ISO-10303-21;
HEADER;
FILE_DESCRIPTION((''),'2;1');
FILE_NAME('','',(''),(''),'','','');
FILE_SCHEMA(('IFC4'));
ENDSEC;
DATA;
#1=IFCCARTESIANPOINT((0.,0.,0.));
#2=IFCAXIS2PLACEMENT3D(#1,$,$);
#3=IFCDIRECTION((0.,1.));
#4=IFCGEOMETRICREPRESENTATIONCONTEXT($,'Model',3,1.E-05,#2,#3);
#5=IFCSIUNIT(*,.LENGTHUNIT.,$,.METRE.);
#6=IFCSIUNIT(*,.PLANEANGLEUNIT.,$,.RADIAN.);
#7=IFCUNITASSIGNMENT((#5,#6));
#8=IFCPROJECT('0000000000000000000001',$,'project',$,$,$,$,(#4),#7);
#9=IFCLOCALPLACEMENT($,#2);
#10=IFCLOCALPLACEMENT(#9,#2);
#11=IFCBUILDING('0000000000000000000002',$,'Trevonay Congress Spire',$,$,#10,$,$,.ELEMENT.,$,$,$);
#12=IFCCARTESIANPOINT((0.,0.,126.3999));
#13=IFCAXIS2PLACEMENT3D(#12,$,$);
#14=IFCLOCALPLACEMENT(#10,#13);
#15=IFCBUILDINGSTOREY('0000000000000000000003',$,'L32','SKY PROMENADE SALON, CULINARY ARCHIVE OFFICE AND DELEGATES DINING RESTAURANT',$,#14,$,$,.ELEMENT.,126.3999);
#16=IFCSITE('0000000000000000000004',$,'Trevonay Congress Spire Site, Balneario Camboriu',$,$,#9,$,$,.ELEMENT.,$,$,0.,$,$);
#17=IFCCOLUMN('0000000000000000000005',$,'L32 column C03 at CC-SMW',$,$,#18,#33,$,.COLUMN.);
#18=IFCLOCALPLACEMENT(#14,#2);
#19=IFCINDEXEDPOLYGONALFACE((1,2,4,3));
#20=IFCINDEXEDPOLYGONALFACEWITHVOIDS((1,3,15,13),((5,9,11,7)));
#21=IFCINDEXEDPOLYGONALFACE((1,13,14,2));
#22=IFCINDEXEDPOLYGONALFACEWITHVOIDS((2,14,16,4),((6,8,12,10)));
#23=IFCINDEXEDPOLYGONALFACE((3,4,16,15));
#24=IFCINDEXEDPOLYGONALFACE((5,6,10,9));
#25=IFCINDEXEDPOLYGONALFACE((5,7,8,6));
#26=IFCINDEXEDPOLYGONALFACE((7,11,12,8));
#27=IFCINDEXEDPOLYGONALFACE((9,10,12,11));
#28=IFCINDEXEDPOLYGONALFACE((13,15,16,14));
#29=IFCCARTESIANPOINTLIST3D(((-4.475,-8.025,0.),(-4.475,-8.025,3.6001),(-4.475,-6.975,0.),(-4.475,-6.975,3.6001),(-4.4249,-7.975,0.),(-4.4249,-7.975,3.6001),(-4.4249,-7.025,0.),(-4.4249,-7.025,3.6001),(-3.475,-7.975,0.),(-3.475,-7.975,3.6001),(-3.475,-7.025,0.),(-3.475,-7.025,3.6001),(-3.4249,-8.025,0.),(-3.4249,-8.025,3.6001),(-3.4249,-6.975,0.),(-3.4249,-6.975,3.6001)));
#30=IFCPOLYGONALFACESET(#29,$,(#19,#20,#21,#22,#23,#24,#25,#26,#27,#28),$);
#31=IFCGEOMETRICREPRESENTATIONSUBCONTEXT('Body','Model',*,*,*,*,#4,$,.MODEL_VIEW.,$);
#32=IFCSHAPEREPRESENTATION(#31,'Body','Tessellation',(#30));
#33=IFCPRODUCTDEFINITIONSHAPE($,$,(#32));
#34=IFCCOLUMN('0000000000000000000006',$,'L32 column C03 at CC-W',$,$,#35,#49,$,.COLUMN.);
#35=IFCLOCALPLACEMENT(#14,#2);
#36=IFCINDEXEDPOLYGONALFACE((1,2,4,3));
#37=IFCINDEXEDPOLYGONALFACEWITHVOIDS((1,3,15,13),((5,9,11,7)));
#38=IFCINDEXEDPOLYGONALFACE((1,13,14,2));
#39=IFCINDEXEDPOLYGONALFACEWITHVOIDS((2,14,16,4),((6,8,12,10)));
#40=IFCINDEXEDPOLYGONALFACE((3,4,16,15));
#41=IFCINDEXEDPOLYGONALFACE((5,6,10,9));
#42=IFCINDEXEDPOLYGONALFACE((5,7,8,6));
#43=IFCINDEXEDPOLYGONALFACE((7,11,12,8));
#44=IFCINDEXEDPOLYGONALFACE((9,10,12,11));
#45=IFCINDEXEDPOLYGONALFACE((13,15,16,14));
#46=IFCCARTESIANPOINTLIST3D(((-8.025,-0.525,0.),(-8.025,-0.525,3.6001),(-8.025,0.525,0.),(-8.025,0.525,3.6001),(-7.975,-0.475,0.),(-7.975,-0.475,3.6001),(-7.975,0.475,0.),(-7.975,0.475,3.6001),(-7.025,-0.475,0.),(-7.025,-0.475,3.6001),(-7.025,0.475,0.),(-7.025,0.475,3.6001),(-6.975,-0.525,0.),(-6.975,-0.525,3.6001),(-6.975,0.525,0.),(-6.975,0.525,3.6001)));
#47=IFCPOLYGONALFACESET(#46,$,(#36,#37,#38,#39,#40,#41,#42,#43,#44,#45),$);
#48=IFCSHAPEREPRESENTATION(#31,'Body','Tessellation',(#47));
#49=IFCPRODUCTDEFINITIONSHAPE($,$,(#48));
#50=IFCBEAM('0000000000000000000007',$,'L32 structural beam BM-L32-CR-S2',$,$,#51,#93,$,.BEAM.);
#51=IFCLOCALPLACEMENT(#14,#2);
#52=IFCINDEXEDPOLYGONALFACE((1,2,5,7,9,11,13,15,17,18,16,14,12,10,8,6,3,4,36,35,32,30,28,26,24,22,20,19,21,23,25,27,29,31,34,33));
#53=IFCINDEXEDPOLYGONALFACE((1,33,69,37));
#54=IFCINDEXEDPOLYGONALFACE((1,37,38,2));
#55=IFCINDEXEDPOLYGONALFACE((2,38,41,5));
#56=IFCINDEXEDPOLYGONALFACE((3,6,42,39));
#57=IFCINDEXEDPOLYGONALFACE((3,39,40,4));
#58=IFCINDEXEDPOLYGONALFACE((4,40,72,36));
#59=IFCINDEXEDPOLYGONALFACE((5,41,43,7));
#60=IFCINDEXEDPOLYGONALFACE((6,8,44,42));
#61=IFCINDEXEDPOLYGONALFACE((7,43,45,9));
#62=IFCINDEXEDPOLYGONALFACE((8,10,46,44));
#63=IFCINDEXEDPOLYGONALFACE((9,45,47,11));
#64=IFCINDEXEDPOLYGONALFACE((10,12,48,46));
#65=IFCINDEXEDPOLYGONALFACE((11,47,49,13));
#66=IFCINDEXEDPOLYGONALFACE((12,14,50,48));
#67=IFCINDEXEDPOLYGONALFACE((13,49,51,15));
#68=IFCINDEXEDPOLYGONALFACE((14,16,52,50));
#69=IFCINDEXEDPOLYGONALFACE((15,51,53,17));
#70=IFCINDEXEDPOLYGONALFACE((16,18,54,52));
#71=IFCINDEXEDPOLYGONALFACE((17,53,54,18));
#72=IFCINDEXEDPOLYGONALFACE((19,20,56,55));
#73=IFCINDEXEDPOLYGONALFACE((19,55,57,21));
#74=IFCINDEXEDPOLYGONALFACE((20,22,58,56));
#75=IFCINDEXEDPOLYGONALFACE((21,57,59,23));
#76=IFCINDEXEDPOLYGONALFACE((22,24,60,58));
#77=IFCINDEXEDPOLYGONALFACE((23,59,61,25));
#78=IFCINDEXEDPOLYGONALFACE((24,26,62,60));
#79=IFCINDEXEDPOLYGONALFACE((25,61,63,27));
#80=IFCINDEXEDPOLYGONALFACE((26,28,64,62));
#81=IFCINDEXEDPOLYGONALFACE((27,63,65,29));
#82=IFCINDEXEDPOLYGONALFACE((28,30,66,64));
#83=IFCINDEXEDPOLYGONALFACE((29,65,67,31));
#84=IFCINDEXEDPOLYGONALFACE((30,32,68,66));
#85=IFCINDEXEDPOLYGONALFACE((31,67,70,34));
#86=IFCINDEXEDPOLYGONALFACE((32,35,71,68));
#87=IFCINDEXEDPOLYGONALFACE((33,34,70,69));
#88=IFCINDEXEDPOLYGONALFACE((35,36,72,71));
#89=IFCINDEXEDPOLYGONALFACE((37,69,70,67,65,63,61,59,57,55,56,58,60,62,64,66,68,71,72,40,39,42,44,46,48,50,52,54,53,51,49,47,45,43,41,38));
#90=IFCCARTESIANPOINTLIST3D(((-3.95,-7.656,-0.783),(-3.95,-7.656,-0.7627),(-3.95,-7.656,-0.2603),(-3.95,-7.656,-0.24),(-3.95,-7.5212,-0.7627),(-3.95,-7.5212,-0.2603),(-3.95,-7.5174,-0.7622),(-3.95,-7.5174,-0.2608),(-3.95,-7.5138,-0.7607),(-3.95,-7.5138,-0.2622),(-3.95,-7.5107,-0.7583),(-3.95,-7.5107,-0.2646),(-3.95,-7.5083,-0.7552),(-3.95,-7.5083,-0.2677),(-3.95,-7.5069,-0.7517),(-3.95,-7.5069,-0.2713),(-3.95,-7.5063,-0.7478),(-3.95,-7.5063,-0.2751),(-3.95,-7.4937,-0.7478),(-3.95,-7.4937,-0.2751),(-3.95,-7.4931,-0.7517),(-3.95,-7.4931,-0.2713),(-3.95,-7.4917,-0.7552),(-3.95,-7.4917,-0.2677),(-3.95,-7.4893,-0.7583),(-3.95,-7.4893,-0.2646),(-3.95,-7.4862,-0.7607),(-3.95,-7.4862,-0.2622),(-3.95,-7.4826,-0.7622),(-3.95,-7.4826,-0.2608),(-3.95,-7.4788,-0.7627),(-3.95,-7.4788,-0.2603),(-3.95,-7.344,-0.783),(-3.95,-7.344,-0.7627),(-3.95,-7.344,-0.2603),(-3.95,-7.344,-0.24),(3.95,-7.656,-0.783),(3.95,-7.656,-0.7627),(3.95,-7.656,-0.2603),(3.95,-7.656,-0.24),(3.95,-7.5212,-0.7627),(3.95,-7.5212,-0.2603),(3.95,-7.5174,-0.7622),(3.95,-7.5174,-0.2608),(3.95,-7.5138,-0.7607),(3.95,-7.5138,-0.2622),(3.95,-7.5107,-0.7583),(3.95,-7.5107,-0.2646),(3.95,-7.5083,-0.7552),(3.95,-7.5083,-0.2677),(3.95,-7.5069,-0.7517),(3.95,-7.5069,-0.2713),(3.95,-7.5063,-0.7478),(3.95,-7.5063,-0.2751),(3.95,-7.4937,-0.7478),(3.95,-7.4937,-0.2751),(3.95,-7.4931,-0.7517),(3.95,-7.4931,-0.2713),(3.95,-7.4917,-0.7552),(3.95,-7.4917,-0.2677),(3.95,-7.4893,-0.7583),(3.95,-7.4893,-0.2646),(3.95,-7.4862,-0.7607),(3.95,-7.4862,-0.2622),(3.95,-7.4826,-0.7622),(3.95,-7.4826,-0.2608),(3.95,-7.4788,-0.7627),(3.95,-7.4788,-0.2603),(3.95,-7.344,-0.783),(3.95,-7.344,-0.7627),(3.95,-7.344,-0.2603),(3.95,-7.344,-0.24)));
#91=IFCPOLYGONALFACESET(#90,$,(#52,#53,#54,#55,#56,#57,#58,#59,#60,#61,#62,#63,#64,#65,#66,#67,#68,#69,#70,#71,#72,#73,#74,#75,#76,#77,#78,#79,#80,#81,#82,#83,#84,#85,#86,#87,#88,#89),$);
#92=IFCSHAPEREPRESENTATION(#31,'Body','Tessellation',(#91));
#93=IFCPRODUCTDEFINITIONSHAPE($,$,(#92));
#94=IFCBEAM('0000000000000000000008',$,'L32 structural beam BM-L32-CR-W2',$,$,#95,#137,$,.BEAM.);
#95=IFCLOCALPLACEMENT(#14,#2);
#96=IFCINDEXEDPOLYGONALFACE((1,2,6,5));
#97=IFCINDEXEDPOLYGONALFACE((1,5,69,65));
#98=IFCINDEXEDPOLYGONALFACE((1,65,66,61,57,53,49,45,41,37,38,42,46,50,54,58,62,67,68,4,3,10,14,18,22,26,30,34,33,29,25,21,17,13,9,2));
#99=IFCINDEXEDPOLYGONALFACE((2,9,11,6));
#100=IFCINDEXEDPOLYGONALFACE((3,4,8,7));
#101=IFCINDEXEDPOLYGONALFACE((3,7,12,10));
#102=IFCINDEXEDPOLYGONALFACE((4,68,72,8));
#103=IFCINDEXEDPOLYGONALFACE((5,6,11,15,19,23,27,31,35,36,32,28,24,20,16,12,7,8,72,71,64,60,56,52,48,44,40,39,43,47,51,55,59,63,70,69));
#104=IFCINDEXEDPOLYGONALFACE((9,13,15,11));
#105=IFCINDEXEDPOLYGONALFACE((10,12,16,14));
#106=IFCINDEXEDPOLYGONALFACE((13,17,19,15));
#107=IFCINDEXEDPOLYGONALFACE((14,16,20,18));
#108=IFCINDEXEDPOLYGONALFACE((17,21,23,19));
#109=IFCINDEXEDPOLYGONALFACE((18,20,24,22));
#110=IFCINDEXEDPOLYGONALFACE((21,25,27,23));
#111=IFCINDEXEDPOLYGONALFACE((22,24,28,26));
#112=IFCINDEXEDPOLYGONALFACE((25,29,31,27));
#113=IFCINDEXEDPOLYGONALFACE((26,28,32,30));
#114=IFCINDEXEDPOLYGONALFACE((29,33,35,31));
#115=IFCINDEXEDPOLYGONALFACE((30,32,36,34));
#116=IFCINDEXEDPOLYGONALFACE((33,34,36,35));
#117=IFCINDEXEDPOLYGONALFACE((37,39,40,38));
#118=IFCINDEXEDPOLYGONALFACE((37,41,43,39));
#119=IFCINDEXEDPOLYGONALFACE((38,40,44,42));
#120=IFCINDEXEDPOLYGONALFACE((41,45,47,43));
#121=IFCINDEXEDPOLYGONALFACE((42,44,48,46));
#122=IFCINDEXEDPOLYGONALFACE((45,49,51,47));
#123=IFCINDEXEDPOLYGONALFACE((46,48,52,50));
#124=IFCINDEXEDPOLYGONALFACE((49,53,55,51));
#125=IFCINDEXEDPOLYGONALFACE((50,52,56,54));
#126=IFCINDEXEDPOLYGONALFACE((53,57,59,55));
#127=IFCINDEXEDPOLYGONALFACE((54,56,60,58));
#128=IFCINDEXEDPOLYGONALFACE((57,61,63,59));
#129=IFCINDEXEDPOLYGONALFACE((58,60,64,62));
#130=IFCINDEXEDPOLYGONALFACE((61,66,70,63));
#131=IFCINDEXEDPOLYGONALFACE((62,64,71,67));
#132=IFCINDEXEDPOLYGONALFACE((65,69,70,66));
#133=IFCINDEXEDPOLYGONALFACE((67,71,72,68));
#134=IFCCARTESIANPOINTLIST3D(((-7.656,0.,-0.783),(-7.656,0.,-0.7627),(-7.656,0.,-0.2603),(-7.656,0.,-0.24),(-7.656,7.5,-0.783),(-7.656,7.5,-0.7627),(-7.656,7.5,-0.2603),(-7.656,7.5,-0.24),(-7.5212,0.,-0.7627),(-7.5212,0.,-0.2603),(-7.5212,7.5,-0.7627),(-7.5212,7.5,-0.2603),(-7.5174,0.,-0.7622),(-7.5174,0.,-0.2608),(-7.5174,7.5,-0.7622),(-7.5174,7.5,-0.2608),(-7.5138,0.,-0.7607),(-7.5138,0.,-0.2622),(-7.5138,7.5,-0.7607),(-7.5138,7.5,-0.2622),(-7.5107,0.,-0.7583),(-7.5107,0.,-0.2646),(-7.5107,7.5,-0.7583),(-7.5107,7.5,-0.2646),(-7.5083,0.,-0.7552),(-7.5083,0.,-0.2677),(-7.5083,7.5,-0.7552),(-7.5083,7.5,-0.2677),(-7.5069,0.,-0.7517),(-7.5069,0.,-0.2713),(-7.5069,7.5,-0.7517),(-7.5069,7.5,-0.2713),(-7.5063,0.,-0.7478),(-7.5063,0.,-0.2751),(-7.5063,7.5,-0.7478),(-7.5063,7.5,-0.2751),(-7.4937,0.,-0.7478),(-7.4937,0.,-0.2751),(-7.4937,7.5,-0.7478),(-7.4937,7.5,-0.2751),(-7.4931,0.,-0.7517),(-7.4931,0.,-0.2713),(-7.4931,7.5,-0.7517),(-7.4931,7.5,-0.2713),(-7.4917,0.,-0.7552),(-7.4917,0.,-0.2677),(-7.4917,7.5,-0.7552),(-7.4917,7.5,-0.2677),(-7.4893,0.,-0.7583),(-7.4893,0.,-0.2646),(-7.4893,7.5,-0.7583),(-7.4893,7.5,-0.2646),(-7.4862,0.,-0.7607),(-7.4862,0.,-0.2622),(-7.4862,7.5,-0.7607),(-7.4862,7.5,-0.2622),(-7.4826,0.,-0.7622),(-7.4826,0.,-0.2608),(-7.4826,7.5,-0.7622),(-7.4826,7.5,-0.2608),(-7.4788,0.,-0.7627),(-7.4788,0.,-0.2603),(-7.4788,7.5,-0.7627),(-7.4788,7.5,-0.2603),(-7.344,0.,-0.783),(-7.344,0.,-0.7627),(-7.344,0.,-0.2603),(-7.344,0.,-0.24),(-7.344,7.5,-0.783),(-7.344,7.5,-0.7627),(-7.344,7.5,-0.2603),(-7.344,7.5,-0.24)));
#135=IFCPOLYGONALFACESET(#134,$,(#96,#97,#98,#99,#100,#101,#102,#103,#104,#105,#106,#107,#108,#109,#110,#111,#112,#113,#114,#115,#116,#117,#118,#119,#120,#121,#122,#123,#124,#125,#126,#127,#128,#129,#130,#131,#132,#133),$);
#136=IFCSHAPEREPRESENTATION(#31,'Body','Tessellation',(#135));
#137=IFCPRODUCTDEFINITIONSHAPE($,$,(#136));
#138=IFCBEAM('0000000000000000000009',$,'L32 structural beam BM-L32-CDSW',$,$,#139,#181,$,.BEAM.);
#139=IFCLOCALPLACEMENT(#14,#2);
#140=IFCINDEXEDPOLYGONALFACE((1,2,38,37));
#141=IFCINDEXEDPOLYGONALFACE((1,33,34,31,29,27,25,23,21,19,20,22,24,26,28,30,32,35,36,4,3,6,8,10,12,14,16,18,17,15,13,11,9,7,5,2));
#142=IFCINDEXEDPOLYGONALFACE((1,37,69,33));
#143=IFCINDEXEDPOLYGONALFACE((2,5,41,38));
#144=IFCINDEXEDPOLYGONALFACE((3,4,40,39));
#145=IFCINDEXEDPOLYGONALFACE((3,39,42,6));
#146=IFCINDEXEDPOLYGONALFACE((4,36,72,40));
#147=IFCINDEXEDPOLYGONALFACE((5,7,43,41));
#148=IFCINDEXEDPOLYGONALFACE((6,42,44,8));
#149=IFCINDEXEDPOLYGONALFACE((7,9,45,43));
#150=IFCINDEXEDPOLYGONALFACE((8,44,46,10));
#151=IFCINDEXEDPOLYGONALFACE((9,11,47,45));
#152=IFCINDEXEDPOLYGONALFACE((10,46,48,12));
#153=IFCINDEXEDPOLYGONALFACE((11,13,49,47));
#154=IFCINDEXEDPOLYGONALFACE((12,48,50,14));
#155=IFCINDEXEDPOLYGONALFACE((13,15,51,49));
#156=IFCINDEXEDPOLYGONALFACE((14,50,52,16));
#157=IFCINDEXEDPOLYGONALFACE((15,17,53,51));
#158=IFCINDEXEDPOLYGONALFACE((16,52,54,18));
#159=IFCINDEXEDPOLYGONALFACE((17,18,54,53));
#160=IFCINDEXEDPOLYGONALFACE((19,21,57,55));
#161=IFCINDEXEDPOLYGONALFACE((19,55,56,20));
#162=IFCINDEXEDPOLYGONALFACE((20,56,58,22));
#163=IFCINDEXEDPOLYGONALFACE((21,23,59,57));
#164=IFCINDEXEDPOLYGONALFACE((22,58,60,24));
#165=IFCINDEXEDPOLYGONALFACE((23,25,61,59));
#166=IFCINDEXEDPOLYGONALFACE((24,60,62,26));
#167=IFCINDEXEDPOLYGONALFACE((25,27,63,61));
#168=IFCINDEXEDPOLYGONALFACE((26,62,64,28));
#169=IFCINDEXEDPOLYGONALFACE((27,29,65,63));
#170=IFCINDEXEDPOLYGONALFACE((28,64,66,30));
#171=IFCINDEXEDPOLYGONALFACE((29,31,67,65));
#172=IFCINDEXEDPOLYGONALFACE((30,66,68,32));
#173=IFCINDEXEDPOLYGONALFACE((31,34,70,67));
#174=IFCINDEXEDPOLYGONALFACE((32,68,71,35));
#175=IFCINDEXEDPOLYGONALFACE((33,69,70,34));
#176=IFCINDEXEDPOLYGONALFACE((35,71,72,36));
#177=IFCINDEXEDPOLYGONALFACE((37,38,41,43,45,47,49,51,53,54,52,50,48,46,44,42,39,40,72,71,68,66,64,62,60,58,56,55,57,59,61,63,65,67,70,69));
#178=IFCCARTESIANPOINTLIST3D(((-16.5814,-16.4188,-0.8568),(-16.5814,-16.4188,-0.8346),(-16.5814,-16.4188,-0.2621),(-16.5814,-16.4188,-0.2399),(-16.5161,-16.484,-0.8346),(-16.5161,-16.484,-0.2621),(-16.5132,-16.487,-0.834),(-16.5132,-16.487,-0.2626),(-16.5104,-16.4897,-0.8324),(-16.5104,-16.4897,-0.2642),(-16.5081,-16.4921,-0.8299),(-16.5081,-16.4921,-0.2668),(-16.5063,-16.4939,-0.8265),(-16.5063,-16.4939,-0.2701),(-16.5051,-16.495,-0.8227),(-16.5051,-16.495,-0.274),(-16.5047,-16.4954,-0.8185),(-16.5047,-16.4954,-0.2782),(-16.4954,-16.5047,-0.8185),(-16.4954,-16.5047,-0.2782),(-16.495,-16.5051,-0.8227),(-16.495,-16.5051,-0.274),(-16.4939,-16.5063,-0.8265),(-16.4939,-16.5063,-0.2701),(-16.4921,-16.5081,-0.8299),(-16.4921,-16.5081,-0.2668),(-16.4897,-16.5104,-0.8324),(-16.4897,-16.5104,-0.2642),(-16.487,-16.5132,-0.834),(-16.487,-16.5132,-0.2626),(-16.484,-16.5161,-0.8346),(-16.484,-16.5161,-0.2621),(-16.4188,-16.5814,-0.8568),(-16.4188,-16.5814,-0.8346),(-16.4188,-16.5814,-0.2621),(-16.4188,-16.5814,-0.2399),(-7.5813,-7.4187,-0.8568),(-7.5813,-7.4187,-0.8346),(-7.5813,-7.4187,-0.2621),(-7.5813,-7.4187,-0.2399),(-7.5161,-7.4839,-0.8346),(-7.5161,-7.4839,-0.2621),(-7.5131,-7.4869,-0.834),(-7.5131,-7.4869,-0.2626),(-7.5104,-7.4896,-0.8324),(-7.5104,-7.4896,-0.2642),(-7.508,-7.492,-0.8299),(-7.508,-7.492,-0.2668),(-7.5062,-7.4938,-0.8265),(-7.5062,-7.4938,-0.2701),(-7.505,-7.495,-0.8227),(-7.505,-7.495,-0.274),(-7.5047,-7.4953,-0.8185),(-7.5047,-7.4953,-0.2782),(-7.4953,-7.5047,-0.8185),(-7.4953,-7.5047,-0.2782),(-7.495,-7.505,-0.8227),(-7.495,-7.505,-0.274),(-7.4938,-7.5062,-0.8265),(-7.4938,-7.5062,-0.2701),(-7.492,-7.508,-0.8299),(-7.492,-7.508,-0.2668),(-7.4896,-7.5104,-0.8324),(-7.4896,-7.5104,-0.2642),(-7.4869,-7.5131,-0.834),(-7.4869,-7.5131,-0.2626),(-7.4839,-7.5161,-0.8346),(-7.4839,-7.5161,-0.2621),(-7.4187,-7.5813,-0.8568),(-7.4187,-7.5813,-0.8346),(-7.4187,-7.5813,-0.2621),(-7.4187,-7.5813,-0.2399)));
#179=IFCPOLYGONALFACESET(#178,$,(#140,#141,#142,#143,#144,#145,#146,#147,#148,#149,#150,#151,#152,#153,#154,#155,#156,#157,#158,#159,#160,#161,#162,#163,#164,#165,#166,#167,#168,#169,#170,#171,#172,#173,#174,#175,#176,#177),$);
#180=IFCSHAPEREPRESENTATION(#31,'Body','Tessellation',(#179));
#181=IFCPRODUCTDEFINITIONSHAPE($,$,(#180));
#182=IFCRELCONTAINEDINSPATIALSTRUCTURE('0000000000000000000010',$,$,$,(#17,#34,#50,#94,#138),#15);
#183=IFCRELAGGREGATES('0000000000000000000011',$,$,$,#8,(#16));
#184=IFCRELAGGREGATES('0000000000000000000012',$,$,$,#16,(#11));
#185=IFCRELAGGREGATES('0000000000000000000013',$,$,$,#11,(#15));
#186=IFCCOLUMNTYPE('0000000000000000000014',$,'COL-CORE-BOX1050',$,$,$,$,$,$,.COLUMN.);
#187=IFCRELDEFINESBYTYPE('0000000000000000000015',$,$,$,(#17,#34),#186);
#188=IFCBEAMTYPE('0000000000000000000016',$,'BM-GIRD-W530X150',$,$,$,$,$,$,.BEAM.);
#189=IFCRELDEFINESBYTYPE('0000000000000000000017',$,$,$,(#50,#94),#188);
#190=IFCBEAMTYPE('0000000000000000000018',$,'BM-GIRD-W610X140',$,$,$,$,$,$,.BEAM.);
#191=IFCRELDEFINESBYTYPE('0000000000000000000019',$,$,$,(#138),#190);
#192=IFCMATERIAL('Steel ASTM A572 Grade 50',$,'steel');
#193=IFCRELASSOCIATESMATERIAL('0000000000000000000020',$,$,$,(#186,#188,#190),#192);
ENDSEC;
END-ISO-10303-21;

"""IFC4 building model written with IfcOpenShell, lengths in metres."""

from ifc_helpers import new_model, si_unit, direction, frame, origin, origin_2d, place, context, subcontext, project, spatial, hollow_rectangle, i_section, extrude, material, material_profile, profile_set, type_object, element, save


model = new_model("IFC4")

# Units and contexts
model_context = context("Model", 3, precision=1e-05, world=origin(), true_north=direction((0.0, 1.0)))
body_context = subcontext(model_context, "Body", "Model", "MODEL_VIEW")
ifc_project = project(units=[si_unit("LENGTHUNIT", "METRE"), si_unit("PLANEANGLEUNIT", "RADIAN")], contexts=[model_context])

# Site, building, storey
site_placement = place(None, origin())
site = spatial("IfcSite", under=ifc_project, at=site_placement, Name="Trevonay Congress Spire Site, Balneario Camboriu", CompositionType="ELEMENT", RefElevation=0.0)
building_placement = place(site_placement, origin())
building = spatial("IfcBuilding", under=site, at=building_placement, Name="Trevonay Congress Spire", CompositionType="ELEMENT")
storey_placement = place(building_placement, frame((0.0, 0.0, 126.3999)))
storey = spatial("IfcBuildingStorey", under=building, at=storey_placement, Name="L32", Description="SKY PROMENADE SALON, CULINARY ARCHIVE OFFICE AND DELEGATES DINING RESTAURANT", CompositionType="ELEMENT", Elevation=126.3999)

# Columns
ifc_material_1 = material(Name="Steel ASTM A572 Grade 50", Category="steel")
ifc_material_profile_1 = material_profile(ifc_material_1, hollow_rectangle(XDim=1.05, YDim=1.05, WallThickness=0.05, at=origin_2d()), Name="BOX 1050x1050x50")
ifc_profile_set_1 = profile_set([ifc_material_profile_1], Name="Steel ASTM A572 Grade 50")
column_type = type_object("IfcColumnType", Name="COL-CORE-BOX1050", PredefinedType="COLUMN", material=ifc_profile_set_1)
for number, where, z_axis, x_axis, name in (
    (1, (-3.95, -7.5, 0.0), (0.0, 0.0, 1.0), (1.0, 0.0, 0.0), "L32 column C03 at CC-SMW"),
    (2, (-7.5, 0.0, 0.0), (0.0, 0.0, 1.0), (1.0, 0.0, 0.0), "L32 column C03 at CC-W"),
):
    element("IfcColumn", number, at=place(storey_placement, frame(where, z_axis=z_axis, x_axis=x_axis)), inside=storey, type_object=column_type, Name=name, PredefinedType="COLUMN", context=body_context, shape_type="SweptSolid", body=[
        extrude(hollow_rectangle(XDim=1.05, YDim=1.05, WallThickness=0.05, at=origin_2d()), origin(), (0.0, 0.0, 1.0), 3.6001),
    ])

# Beams
ifc_material_profile_2 = material_profile(ifc_material_1, i_section(OverallWidth=0.312, OverallDepth=0.543, WebThickness=0.0127, FlangeThickness=0.0203, FilletRadius=0.0149, at=origin_2d()), Name="W530x150")
ifc_profile_set_2 = profile_set([ifc_material_profile_2], Name="Steel ASTM A572 Grade 50")
beam_type_1 = type_object("IfcBeamType", Name="BM-GIRD-W530X150", PredefinedType="BEAM", material=ifc_profile_set_2)
beam_1_placement = place(storey_placement, frame((-3.95, -7.5, -0.5115), z_axis=(1.0, 0.0, 0.0), x_axis=(0.0, 1.0, 0.0)))
element("IfcBeam", 3, at=beam_1_placement, inside=storey, type_object=beam_type_1, Name="L32 structural beam BM-L32-CR-S2", PredefinedType="BEAM", context=body_context, shape_type="SweptSolid", body=[
    extrude(i_section(OverallWidth=0.312, OverallDepth=0.543, WebThickness=0.0127, FlangeThickness=0.0203, FilletRadius=0.0149, at=origin_2d()), origin(), (0.0, 0.0, 1.0), 7.8999),
])
beam_2_placement = place(storey_placement, frame((-7.5, 0.0, -0.5115), z_axis=(0.0, 1.0, 0.0), x_axis=(-1.0, 0.0, 0.0)))
element("IfcBeam", 4, at=beam_2_placement, inside=storey, type_object=beam_type_1, Name="L32 structural beam BM-L32-CR-W2", PredefinedType="BEAM", context=body_context, shape_type="SweptSolid", body=[
    extrude(i_section(OverallWidth=0.312, OverallDepth=0.543, WebThickness=0.0127, FlangeThickness=0.0203, FilletRadius=0.0149, at=origin_2d()), origin(), (0.0, 0.0, 1.0), 7.5),
])
ifc_material_profile_3 = material_profile(ifc_material_1, i_section(OverallWidth=0.23, OverallDepth=0.6169, WebThickness=0.0132, FlangeThickness=0.0222, FilletRadius=0.0161, at=origin_2d()), Name="W610x140")
ifc_profile_set_3 = profile_set([ifc_material_profile_3], Name="Steel ASTM A572 Grade 50")
beam_type_2 = type_object("IfcBeamType", Name="BM-GIRD-W610X140", PredefinedType="BEAM", material=ifc_profile_set_3)
beam_3_placement = place(storey_placement, frame((-7.5, -7.5, -0.5483), z_axis=(-0.707107, -0.707107, 0.0), x_axis=(0.707107, -0.707107, 0.0)))
element("IfcBeam", 5, at=beam_3_placement, inside=storey, type_object=beam_type_2, Name="L32 structural beam BM-L32-CDSW", PredefinedType="BEAM", context=body_context, shape_type="SweptSolid", body=[
    extrude(i_section(OverallWidth=0.23, OverallDepth=0.6169, WebThickness=0.0132, FlangeThickness=0.0222, FilletRadius=0.0161, at=origin_2d()), origin(), (0.0, 0.0, 1.0), 12.728),
])

save(model, "model.ifc")
